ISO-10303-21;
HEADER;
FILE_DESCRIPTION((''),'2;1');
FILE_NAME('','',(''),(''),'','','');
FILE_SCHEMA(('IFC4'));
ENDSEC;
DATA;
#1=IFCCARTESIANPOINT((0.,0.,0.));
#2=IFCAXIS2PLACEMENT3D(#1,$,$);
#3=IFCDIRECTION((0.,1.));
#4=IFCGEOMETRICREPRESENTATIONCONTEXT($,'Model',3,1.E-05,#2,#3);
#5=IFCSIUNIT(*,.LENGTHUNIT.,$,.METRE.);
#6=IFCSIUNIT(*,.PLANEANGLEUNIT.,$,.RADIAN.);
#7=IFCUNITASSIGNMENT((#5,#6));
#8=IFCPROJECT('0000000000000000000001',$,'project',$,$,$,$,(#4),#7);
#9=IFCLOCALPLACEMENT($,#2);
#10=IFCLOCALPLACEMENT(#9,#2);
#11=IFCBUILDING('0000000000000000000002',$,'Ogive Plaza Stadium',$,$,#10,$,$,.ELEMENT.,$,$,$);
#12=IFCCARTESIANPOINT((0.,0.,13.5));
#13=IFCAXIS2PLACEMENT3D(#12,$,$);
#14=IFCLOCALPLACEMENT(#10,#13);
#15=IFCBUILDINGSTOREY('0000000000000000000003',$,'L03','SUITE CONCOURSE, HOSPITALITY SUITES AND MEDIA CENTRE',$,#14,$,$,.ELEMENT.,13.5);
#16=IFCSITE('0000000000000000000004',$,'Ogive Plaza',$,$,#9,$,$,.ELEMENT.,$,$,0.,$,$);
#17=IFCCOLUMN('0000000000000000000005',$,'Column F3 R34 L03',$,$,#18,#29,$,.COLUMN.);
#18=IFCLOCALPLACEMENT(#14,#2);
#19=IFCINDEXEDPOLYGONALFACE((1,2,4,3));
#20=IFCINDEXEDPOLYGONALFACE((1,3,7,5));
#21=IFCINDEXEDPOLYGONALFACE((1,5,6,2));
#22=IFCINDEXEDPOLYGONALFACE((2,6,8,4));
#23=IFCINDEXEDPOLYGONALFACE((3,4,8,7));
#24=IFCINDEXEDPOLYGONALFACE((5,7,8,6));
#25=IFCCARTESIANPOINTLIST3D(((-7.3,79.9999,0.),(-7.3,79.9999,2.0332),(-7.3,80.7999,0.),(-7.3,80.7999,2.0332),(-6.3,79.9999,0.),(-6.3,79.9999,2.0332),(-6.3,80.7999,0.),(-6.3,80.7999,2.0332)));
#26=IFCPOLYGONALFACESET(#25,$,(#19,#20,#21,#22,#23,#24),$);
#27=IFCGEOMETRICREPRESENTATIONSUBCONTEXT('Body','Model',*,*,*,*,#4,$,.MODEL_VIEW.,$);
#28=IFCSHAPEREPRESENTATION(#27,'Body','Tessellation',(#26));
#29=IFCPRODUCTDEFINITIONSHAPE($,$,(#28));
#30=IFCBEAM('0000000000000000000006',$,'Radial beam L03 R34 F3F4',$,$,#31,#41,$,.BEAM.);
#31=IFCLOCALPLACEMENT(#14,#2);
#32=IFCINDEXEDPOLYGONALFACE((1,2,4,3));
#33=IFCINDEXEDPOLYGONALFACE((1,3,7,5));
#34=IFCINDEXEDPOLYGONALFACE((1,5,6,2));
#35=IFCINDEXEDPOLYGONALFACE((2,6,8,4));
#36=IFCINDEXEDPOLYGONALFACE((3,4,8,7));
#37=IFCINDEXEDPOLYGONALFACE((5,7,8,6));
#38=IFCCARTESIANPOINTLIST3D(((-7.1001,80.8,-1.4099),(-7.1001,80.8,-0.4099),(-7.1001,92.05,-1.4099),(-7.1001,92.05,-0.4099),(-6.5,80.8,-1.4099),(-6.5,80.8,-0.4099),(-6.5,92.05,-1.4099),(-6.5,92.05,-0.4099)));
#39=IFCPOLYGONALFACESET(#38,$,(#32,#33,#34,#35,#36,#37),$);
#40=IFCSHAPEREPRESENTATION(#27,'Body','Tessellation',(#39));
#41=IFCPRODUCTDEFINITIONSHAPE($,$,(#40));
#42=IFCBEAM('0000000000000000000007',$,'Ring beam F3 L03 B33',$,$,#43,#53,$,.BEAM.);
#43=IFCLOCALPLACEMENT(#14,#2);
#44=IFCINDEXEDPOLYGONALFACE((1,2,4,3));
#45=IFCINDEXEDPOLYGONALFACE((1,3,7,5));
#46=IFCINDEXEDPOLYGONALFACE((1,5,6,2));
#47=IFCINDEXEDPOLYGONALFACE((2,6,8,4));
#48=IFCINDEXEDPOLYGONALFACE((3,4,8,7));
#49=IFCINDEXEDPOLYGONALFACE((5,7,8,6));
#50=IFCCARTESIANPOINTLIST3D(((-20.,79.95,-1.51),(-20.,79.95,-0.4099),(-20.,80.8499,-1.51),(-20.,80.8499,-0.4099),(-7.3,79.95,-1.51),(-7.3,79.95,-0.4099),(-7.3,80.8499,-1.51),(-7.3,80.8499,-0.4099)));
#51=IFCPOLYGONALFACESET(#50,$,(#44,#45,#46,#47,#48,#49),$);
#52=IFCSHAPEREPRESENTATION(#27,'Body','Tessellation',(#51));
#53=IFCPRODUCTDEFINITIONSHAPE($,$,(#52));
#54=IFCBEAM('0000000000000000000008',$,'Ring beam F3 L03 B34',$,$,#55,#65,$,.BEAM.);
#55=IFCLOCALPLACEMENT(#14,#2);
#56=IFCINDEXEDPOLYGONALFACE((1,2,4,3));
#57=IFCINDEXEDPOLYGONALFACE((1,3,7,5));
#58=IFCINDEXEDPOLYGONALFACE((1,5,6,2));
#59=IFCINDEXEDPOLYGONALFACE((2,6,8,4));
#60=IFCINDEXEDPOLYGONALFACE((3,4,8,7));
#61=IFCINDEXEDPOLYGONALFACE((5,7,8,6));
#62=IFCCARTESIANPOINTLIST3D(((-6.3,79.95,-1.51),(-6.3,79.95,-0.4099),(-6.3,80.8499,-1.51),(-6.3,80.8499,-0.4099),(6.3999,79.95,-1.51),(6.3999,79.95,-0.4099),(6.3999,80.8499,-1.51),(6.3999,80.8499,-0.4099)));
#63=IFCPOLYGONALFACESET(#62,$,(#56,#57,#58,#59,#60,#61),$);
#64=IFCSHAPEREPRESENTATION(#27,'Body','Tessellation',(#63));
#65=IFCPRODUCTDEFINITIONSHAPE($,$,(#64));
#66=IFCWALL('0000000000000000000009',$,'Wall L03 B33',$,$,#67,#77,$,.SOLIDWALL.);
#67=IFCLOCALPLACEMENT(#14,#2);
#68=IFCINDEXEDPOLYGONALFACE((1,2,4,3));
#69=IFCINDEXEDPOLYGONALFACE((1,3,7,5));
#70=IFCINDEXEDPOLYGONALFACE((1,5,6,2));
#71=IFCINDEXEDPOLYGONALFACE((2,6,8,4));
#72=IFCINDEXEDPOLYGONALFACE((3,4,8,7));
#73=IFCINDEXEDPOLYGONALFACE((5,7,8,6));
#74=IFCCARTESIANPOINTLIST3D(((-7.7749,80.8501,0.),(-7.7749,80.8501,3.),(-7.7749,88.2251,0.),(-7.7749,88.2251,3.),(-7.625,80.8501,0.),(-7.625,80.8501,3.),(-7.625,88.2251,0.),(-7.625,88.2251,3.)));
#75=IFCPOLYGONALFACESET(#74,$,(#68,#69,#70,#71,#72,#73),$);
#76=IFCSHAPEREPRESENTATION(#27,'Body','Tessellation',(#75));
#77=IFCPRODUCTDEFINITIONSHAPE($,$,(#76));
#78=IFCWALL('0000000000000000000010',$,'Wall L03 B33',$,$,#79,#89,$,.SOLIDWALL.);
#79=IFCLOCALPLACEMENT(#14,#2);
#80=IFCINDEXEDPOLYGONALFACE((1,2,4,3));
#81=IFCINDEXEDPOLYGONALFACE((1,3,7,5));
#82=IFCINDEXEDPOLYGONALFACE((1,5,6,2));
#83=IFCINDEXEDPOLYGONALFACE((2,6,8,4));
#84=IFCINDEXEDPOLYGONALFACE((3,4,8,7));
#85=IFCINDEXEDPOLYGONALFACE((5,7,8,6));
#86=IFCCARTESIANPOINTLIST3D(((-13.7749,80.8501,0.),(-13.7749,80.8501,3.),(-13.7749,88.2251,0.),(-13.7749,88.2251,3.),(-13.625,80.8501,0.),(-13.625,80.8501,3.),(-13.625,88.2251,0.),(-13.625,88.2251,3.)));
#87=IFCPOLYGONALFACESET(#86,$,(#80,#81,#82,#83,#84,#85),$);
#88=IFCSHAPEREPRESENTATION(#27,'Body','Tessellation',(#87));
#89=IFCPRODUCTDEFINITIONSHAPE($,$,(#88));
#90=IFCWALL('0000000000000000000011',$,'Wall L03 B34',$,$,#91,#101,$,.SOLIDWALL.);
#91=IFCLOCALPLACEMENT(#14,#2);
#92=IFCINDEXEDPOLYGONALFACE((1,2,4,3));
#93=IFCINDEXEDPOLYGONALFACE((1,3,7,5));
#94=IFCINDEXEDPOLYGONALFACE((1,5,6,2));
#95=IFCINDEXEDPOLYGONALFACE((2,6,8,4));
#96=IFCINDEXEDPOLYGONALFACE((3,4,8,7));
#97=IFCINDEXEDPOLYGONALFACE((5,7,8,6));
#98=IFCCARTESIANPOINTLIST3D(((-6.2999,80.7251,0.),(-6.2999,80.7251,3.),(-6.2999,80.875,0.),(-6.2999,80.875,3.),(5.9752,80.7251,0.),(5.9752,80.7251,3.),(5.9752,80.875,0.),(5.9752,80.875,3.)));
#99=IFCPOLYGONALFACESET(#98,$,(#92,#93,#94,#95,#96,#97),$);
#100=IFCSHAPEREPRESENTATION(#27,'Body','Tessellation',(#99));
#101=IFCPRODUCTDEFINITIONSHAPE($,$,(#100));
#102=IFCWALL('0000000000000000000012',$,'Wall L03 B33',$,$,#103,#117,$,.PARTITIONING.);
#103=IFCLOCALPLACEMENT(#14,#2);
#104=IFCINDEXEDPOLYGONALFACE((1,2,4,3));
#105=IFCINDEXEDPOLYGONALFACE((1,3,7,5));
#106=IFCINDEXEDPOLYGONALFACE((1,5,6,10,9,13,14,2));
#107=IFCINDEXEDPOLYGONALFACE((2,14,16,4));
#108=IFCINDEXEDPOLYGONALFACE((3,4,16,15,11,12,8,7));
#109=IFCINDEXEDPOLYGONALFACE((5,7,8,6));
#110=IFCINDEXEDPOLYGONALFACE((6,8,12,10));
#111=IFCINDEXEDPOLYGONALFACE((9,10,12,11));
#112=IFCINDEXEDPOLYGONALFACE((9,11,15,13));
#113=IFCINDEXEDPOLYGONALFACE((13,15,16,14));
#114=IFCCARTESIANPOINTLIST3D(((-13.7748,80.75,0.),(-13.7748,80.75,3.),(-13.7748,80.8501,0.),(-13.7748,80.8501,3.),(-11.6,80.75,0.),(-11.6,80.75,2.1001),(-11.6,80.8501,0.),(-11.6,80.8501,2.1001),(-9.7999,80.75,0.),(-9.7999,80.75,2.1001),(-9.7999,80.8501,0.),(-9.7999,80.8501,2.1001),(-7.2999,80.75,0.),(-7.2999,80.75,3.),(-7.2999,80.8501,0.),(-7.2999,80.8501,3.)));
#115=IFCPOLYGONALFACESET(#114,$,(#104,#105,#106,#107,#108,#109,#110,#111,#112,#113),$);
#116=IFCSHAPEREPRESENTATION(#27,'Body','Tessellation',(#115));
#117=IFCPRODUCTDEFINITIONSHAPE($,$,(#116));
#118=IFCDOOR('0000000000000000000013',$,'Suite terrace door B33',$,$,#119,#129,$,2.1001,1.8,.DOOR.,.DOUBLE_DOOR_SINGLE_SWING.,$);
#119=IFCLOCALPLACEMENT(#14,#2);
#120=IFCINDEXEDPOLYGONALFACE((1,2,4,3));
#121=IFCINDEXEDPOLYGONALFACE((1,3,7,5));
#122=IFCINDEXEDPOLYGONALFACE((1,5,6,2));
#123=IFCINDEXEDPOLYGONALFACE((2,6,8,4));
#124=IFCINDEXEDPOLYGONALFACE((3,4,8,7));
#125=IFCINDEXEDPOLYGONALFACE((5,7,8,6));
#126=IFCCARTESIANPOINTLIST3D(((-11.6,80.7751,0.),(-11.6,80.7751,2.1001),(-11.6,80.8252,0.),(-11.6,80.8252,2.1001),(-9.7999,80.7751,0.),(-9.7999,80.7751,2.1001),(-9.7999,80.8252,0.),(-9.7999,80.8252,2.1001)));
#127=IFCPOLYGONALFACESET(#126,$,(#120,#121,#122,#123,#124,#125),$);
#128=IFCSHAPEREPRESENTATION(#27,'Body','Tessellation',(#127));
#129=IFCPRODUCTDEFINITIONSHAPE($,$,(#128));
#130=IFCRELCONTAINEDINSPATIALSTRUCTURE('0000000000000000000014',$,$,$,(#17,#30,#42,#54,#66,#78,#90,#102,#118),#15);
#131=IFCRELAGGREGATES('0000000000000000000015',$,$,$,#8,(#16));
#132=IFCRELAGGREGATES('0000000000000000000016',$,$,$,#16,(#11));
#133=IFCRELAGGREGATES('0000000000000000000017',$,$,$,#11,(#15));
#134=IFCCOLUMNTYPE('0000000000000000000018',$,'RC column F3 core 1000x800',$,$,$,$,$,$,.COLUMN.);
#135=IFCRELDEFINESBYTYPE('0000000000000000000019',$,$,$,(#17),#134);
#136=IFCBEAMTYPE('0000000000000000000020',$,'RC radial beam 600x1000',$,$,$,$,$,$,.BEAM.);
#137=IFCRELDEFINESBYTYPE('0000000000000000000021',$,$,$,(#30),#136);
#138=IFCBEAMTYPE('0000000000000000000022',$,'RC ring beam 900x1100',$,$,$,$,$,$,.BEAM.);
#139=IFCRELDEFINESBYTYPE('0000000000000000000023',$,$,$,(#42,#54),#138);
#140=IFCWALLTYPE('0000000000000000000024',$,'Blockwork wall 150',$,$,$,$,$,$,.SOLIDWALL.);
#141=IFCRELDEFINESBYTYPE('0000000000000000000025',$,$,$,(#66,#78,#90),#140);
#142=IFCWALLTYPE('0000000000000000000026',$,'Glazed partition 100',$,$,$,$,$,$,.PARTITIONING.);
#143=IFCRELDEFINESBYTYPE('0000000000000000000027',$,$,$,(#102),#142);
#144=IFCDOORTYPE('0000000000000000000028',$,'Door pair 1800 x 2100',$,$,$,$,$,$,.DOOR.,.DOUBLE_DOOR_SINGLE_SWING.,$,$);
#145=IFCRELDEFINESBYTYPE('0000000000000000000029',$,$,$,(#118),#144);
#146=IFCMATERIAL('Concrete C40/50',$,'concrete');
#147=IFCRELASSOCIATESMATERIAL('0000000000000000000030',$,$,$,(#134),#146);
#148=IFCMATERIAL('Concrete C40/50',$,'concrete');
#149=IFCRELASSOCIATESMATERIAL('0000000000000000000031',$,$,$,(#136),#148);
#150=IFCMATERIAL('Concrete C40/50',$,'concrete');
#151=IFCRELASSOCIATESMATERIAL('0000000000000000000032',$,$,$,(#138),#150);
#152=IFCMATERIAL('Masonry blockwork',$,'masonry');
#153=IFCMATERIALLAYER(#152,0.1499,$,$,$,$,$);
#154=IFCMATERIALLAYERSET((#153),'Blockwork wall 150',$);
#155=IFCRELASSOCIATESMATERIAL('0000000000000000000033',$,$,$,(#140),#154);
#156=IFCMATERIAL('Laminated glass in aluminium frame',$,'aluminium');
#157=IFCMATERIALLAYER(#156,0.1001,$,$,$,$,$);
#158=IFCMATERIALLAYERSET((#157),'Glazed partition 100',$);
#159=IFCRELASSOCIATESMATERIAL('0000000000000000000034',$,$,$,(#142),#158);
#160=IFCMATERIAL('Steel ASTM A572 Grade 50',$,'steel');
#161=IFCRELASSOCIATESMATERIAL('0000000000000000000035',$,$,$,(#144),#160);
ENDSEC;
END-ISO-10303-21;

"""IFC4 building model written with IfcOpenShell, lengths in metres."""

from ifc_helpers import new_model, si_unit, direction, frame, frame_2d, origin, origin_2d, place, context, subcontext, project, spatial, rectangle, extrude, material, layer, layer_set, material_profile, profile_set, type_object, element, fill, save


model = new_model("IFC4")

# Units and contexts
model_context = context("Model", 3, precision=1e-05, world=origin(), true_north=direction((0.0, 1.0)))
body_context = subcontext(model_context, "Body", "Model", "MODEL_VIEW")
ifc_project = project(units=[si_unit("LENGTHUNIT", "METRE"), si_unit("PLANEANGLEUNIT", "RADIAN")], contexts=[model_context])

# Site, building, storey
site_placement = place(None, origin())
site = spatial("IfcSite", under=ifc_project, at=site_placement, Name="Ogive Plaza", CompositionType="ELEMENT", RefElevation=0.0)
building_placement = place(site_placement, origin())
building = spatial("IfcBuilding", under=site, at=building_placement, Name="Ogive Plaza Stadium", CompositionType="ELEMENT")
storey_placement = place(building_placement, frame((0.0, 0.0, 13.5)))
storey = spatial("IfcBuildingStorey", under=building, at=storey_placement, Name="L03", Description="SUITE CONCOURSE, HOSPITALITY SUITES AND MEDIA CENTRE", CompositionType="ELEMENT", Elevation=13.5)

# Column
ifc_material_1 = material(Name="Concrete C40/50", Category="concrete")
ifc_material_profile_1 = material_profile(ifc_material_1, rectangle(XDim=1.0, YDim=0.8, at=origin_2d()), Name="RC 1000x800")
ifc_profile_set_1 = profile_set([ifc_material_profile_1], Name="Concrete C40/50")
column_type = type_object("IfcColumnType", Name="RC column F3 core 1000x800", PredefinedType="COLUMN", material=ifc_profile_set_1)
column_placement = place(storey_placement, frame((-6.8, 80.3999, 0.0), z_axis=(0.0, 0.0, 1.0), x_axis=(-1.0, 0.0, 0.0)))
element("IfcColumn", 1, at=column_placement, inside=storey, type_object=column_type, Name="Column F3 R34 L03", PredefinedType="COLUMN", context=body_context, shape_type="SweptSolid", body=[
    extrude(rectangle(XDim=1.0, YDim=0.8, at=origin_2d()), origin(), (0.0, 0.0, 1.0), 2.0332),
])

# Beams
ifc_material_2 = material(Name="Concrete C40/50", Category="concrete")
ifc_material_profile_2 = material_profile(ifc_material_2, rectangle(XDim=0.6001, YDim=1.0, at=origin_2d()), Name="RC 600x1000")
ifc_profile_set_2 = profile_set([ifc_material_profile_2], Name="Concrete C40/50")
beam_type_1 = type_object("IfcBeamType", Name="RC radial beam 600x1000", PredefinedType="BEAM", material=ifc_profile_set_2)
beam_placement = place(storey_placement, frame((-6.8, 80.8, -0.9099), z_axis=(0.0, 1.0, 0.0), x_axis=(-1.0, 0.0, 0.0)))
element("IfcBeam", 2, at=beam_placement, inside=storey, type_object=beam_type_1, Name="Radial beam L03 R34 F3F4", PredefinedType="BEAM", context=body_context, shape_type="SweptSolid", body=[
    extrude(rectangle(XDim=0.6001, YDim=1.0, at=origin_2d()), origin(), (0.0, 0.0, 1.0), 11.25),
])
ifc_material_3 = material(Name="Concrete C40/50", Category="concrete")
ifc_material_profile_3 = material_profile(ifc_material_3, rectangle(XDim=0.8999, YDim=1.1001, at=origin_2d()), Name="RC 900x1100")
ifc_profile_set_3 = profile_set([ifc_material_profile_3], Name="Concrete C40/50")
beam_type_2 = type_object("IfcBeamType", Name="RC ring beam 900x1100", PredefinedType="BEAM", material=ifc_profile_set_3)
for number, where, z_axis, x_axis, name in (
    (3, (-20.0, 80.3999, -0.96), (1.0, 0.0, 0.0), (0.0, 1.0, 0.0), "Ring beam F3 L03 B33"),
    (4, (-6.3, 80.3999, -0.96), (1.0, 0.0, 0.0), (0.0, 1.0, 0.0), "Ring beam F3 L03 B34"),
):
    element("IfcBeam", number, at=place(storey_placement, frame(where, z_axis=z_axis, x_axis=x_axis)), inside=storey, type_object=beam_type_2, Name=name, PredefinedType="BEAM", context=body_context, shape_type="SweptSolid", body=[
        extrude(rectangle(XDim=0.8999, YDim=1.1001, at=origin_2d()), origin(), (0.0, 0.0, 1.0), 12.7),
    ])

# Walls
ifc_material_4 = material(Name="Masonry blockwork", Category="masonry")
ifc_layer_1 = layer(ifc_material_4, 0.1499)
ifc_layer_set_1 = layer_set([ifc_layer_1], Name="Blockwork wall 150")
wall_type_1 = type_object("IfcWallType", Name="Blockwork wall 150", PredefinedType="SOLIDWALL", material=ifc_layer_set_1)
for number, where, z_axis, x_axis, name in (
    (5, (-7.7, 80.8501, 0.0), (0.0, 0.0, 1.0), (0.0, 1.0, 0.0), "Wall L03 B33"),
    (6, (-13.7, 80.8501, 0.0), (0.0, 0.0, 1.0), (0.0, 1.0, 0.0), "Wall L03 B33"),
):
    element("IfcWall", number, at=place(storey_placement, frame(where, z_axis=z_axis, x_axis=x_axis)), inside=storey, type_object=wall_type_1, Name=name, PredefinedType="SOLIDWALL", context=body_context, shape_type="SweptSolid", body=[
        extrude(rectangle(XDim=7.375, YDim=0.1499, at=frame_2d((3.6875, 0.0))), origin(), (0.0, 0.0, 1.0), 3.0),
    ])
wall_1_placement = place(storey_placement, frame((-6.3, 80.8, 0.0), z_axis=(0.0, 0.0, 1.0), x_axis=(1.0, 0.0, 0.0)))
element("IfcWall", 7, at=wall_1_placement, inside=storey, type_object=wall_type_1, Name="Wall L03 B34", PredefinedType="SOLIDWALL", context=body_context, shape_type="SweptSolid", body=[
    extrude(rectangle(XDim=12.2751, YDim=0.1499, at=frame_2d((6.1377, 0.0))), origin(), (0.0, 0.0, 1.0), 3.0),
])

# Wall, opening, door
ifc_material_5 = material(Name="Laminated glass in aluminium frame", Category="aluminium")
ifc_layer_2 = layer(ifc_material_5, 0.1001)
ifc_layer_set_2 = layer_set([ifc_layer_2], Name="Glazed partition 100")
wall_type_2 = type_object("IfcWallType", Name="Glazed partition 100", PredefinedType="PARTITIONING", material=ifc_layer_set_2)
wall_2_placement = place(storey_placement, frame((-7.3, 80.8, 0.0), z_axis=(0.0, 0.0, 1.0), x_axis=(-1.0, 0.0, 0.0)))
wall_2 = element("IfcWall", 8, at=wall_2_placement, inside=storey, type_object=wall_type_2, Name="Wall L03 B33", PredefinedType="PARTITIONING", context=body_context, shape_type="SweptSolid", body=[
    extrude(rectangle(XDim=6.4749, YDim=0.1001, at=frame_2d((3.2373, 0.0))), origin(), (0.0, 0.0, 1.0), 3.0),
])
opening_placement = place(wall_2_placement, frame((2.5, 0.0, 0.0)))
opening = element("IfcOpeningElement", 9, at=opening_placement, cuts=wall_2, PredefinedType="OPENING", context=body_context, shape_type="SweptSolid", body=[
    extrude(rectangle(XDim=1.8, YDim=2.1001, at=frame_2d((0.8999, 1.05))), frame((0.0, 0.05, 0.0), z_axis=(0.0, -1.0, 0.0), x_axis=(1.0, 0.0, 0.0)), (0.0, 0.0, 1.0), 0.1001),
])
ifc_material_6 = material(Name="Steel ASTM A572 Grade 50", Category="steel")
door_type = type_object("IfcDoorType", Name="Door pair 1800 x 2100", OperationType="DOUBLE_DOOR_SINGLE_SWING", PredefinedType="DOOR", material=ifc_material_6)
door_placement = place(opening_placement, origin())
door = element("IfcDoor", 10, at=door_placement, inside=storey, type_object=door_type, Name="Suite terrace door B33", OperationType="DOUBLE_DOOR_SINGLE_SWING", OverallHeight=2.1001, OverallWidth=1.8, PredefinedType="DOOR", context=body_context, shape_type="SweptSolid", body=[
    extrude(rectangle(XDim=1.8, YDim=2.1001, at=frame_2d((0.8999, 1.05))), frame((0.0, 0.0249, 0.0), z_axis=(0.0, -1.0, 0.0), x_axis=(1.0, 0.0, 0.0)), (0.0, 0.0, 1.0), 0.05),
])
fill(opening, door)

save(model, "model.ifc")
